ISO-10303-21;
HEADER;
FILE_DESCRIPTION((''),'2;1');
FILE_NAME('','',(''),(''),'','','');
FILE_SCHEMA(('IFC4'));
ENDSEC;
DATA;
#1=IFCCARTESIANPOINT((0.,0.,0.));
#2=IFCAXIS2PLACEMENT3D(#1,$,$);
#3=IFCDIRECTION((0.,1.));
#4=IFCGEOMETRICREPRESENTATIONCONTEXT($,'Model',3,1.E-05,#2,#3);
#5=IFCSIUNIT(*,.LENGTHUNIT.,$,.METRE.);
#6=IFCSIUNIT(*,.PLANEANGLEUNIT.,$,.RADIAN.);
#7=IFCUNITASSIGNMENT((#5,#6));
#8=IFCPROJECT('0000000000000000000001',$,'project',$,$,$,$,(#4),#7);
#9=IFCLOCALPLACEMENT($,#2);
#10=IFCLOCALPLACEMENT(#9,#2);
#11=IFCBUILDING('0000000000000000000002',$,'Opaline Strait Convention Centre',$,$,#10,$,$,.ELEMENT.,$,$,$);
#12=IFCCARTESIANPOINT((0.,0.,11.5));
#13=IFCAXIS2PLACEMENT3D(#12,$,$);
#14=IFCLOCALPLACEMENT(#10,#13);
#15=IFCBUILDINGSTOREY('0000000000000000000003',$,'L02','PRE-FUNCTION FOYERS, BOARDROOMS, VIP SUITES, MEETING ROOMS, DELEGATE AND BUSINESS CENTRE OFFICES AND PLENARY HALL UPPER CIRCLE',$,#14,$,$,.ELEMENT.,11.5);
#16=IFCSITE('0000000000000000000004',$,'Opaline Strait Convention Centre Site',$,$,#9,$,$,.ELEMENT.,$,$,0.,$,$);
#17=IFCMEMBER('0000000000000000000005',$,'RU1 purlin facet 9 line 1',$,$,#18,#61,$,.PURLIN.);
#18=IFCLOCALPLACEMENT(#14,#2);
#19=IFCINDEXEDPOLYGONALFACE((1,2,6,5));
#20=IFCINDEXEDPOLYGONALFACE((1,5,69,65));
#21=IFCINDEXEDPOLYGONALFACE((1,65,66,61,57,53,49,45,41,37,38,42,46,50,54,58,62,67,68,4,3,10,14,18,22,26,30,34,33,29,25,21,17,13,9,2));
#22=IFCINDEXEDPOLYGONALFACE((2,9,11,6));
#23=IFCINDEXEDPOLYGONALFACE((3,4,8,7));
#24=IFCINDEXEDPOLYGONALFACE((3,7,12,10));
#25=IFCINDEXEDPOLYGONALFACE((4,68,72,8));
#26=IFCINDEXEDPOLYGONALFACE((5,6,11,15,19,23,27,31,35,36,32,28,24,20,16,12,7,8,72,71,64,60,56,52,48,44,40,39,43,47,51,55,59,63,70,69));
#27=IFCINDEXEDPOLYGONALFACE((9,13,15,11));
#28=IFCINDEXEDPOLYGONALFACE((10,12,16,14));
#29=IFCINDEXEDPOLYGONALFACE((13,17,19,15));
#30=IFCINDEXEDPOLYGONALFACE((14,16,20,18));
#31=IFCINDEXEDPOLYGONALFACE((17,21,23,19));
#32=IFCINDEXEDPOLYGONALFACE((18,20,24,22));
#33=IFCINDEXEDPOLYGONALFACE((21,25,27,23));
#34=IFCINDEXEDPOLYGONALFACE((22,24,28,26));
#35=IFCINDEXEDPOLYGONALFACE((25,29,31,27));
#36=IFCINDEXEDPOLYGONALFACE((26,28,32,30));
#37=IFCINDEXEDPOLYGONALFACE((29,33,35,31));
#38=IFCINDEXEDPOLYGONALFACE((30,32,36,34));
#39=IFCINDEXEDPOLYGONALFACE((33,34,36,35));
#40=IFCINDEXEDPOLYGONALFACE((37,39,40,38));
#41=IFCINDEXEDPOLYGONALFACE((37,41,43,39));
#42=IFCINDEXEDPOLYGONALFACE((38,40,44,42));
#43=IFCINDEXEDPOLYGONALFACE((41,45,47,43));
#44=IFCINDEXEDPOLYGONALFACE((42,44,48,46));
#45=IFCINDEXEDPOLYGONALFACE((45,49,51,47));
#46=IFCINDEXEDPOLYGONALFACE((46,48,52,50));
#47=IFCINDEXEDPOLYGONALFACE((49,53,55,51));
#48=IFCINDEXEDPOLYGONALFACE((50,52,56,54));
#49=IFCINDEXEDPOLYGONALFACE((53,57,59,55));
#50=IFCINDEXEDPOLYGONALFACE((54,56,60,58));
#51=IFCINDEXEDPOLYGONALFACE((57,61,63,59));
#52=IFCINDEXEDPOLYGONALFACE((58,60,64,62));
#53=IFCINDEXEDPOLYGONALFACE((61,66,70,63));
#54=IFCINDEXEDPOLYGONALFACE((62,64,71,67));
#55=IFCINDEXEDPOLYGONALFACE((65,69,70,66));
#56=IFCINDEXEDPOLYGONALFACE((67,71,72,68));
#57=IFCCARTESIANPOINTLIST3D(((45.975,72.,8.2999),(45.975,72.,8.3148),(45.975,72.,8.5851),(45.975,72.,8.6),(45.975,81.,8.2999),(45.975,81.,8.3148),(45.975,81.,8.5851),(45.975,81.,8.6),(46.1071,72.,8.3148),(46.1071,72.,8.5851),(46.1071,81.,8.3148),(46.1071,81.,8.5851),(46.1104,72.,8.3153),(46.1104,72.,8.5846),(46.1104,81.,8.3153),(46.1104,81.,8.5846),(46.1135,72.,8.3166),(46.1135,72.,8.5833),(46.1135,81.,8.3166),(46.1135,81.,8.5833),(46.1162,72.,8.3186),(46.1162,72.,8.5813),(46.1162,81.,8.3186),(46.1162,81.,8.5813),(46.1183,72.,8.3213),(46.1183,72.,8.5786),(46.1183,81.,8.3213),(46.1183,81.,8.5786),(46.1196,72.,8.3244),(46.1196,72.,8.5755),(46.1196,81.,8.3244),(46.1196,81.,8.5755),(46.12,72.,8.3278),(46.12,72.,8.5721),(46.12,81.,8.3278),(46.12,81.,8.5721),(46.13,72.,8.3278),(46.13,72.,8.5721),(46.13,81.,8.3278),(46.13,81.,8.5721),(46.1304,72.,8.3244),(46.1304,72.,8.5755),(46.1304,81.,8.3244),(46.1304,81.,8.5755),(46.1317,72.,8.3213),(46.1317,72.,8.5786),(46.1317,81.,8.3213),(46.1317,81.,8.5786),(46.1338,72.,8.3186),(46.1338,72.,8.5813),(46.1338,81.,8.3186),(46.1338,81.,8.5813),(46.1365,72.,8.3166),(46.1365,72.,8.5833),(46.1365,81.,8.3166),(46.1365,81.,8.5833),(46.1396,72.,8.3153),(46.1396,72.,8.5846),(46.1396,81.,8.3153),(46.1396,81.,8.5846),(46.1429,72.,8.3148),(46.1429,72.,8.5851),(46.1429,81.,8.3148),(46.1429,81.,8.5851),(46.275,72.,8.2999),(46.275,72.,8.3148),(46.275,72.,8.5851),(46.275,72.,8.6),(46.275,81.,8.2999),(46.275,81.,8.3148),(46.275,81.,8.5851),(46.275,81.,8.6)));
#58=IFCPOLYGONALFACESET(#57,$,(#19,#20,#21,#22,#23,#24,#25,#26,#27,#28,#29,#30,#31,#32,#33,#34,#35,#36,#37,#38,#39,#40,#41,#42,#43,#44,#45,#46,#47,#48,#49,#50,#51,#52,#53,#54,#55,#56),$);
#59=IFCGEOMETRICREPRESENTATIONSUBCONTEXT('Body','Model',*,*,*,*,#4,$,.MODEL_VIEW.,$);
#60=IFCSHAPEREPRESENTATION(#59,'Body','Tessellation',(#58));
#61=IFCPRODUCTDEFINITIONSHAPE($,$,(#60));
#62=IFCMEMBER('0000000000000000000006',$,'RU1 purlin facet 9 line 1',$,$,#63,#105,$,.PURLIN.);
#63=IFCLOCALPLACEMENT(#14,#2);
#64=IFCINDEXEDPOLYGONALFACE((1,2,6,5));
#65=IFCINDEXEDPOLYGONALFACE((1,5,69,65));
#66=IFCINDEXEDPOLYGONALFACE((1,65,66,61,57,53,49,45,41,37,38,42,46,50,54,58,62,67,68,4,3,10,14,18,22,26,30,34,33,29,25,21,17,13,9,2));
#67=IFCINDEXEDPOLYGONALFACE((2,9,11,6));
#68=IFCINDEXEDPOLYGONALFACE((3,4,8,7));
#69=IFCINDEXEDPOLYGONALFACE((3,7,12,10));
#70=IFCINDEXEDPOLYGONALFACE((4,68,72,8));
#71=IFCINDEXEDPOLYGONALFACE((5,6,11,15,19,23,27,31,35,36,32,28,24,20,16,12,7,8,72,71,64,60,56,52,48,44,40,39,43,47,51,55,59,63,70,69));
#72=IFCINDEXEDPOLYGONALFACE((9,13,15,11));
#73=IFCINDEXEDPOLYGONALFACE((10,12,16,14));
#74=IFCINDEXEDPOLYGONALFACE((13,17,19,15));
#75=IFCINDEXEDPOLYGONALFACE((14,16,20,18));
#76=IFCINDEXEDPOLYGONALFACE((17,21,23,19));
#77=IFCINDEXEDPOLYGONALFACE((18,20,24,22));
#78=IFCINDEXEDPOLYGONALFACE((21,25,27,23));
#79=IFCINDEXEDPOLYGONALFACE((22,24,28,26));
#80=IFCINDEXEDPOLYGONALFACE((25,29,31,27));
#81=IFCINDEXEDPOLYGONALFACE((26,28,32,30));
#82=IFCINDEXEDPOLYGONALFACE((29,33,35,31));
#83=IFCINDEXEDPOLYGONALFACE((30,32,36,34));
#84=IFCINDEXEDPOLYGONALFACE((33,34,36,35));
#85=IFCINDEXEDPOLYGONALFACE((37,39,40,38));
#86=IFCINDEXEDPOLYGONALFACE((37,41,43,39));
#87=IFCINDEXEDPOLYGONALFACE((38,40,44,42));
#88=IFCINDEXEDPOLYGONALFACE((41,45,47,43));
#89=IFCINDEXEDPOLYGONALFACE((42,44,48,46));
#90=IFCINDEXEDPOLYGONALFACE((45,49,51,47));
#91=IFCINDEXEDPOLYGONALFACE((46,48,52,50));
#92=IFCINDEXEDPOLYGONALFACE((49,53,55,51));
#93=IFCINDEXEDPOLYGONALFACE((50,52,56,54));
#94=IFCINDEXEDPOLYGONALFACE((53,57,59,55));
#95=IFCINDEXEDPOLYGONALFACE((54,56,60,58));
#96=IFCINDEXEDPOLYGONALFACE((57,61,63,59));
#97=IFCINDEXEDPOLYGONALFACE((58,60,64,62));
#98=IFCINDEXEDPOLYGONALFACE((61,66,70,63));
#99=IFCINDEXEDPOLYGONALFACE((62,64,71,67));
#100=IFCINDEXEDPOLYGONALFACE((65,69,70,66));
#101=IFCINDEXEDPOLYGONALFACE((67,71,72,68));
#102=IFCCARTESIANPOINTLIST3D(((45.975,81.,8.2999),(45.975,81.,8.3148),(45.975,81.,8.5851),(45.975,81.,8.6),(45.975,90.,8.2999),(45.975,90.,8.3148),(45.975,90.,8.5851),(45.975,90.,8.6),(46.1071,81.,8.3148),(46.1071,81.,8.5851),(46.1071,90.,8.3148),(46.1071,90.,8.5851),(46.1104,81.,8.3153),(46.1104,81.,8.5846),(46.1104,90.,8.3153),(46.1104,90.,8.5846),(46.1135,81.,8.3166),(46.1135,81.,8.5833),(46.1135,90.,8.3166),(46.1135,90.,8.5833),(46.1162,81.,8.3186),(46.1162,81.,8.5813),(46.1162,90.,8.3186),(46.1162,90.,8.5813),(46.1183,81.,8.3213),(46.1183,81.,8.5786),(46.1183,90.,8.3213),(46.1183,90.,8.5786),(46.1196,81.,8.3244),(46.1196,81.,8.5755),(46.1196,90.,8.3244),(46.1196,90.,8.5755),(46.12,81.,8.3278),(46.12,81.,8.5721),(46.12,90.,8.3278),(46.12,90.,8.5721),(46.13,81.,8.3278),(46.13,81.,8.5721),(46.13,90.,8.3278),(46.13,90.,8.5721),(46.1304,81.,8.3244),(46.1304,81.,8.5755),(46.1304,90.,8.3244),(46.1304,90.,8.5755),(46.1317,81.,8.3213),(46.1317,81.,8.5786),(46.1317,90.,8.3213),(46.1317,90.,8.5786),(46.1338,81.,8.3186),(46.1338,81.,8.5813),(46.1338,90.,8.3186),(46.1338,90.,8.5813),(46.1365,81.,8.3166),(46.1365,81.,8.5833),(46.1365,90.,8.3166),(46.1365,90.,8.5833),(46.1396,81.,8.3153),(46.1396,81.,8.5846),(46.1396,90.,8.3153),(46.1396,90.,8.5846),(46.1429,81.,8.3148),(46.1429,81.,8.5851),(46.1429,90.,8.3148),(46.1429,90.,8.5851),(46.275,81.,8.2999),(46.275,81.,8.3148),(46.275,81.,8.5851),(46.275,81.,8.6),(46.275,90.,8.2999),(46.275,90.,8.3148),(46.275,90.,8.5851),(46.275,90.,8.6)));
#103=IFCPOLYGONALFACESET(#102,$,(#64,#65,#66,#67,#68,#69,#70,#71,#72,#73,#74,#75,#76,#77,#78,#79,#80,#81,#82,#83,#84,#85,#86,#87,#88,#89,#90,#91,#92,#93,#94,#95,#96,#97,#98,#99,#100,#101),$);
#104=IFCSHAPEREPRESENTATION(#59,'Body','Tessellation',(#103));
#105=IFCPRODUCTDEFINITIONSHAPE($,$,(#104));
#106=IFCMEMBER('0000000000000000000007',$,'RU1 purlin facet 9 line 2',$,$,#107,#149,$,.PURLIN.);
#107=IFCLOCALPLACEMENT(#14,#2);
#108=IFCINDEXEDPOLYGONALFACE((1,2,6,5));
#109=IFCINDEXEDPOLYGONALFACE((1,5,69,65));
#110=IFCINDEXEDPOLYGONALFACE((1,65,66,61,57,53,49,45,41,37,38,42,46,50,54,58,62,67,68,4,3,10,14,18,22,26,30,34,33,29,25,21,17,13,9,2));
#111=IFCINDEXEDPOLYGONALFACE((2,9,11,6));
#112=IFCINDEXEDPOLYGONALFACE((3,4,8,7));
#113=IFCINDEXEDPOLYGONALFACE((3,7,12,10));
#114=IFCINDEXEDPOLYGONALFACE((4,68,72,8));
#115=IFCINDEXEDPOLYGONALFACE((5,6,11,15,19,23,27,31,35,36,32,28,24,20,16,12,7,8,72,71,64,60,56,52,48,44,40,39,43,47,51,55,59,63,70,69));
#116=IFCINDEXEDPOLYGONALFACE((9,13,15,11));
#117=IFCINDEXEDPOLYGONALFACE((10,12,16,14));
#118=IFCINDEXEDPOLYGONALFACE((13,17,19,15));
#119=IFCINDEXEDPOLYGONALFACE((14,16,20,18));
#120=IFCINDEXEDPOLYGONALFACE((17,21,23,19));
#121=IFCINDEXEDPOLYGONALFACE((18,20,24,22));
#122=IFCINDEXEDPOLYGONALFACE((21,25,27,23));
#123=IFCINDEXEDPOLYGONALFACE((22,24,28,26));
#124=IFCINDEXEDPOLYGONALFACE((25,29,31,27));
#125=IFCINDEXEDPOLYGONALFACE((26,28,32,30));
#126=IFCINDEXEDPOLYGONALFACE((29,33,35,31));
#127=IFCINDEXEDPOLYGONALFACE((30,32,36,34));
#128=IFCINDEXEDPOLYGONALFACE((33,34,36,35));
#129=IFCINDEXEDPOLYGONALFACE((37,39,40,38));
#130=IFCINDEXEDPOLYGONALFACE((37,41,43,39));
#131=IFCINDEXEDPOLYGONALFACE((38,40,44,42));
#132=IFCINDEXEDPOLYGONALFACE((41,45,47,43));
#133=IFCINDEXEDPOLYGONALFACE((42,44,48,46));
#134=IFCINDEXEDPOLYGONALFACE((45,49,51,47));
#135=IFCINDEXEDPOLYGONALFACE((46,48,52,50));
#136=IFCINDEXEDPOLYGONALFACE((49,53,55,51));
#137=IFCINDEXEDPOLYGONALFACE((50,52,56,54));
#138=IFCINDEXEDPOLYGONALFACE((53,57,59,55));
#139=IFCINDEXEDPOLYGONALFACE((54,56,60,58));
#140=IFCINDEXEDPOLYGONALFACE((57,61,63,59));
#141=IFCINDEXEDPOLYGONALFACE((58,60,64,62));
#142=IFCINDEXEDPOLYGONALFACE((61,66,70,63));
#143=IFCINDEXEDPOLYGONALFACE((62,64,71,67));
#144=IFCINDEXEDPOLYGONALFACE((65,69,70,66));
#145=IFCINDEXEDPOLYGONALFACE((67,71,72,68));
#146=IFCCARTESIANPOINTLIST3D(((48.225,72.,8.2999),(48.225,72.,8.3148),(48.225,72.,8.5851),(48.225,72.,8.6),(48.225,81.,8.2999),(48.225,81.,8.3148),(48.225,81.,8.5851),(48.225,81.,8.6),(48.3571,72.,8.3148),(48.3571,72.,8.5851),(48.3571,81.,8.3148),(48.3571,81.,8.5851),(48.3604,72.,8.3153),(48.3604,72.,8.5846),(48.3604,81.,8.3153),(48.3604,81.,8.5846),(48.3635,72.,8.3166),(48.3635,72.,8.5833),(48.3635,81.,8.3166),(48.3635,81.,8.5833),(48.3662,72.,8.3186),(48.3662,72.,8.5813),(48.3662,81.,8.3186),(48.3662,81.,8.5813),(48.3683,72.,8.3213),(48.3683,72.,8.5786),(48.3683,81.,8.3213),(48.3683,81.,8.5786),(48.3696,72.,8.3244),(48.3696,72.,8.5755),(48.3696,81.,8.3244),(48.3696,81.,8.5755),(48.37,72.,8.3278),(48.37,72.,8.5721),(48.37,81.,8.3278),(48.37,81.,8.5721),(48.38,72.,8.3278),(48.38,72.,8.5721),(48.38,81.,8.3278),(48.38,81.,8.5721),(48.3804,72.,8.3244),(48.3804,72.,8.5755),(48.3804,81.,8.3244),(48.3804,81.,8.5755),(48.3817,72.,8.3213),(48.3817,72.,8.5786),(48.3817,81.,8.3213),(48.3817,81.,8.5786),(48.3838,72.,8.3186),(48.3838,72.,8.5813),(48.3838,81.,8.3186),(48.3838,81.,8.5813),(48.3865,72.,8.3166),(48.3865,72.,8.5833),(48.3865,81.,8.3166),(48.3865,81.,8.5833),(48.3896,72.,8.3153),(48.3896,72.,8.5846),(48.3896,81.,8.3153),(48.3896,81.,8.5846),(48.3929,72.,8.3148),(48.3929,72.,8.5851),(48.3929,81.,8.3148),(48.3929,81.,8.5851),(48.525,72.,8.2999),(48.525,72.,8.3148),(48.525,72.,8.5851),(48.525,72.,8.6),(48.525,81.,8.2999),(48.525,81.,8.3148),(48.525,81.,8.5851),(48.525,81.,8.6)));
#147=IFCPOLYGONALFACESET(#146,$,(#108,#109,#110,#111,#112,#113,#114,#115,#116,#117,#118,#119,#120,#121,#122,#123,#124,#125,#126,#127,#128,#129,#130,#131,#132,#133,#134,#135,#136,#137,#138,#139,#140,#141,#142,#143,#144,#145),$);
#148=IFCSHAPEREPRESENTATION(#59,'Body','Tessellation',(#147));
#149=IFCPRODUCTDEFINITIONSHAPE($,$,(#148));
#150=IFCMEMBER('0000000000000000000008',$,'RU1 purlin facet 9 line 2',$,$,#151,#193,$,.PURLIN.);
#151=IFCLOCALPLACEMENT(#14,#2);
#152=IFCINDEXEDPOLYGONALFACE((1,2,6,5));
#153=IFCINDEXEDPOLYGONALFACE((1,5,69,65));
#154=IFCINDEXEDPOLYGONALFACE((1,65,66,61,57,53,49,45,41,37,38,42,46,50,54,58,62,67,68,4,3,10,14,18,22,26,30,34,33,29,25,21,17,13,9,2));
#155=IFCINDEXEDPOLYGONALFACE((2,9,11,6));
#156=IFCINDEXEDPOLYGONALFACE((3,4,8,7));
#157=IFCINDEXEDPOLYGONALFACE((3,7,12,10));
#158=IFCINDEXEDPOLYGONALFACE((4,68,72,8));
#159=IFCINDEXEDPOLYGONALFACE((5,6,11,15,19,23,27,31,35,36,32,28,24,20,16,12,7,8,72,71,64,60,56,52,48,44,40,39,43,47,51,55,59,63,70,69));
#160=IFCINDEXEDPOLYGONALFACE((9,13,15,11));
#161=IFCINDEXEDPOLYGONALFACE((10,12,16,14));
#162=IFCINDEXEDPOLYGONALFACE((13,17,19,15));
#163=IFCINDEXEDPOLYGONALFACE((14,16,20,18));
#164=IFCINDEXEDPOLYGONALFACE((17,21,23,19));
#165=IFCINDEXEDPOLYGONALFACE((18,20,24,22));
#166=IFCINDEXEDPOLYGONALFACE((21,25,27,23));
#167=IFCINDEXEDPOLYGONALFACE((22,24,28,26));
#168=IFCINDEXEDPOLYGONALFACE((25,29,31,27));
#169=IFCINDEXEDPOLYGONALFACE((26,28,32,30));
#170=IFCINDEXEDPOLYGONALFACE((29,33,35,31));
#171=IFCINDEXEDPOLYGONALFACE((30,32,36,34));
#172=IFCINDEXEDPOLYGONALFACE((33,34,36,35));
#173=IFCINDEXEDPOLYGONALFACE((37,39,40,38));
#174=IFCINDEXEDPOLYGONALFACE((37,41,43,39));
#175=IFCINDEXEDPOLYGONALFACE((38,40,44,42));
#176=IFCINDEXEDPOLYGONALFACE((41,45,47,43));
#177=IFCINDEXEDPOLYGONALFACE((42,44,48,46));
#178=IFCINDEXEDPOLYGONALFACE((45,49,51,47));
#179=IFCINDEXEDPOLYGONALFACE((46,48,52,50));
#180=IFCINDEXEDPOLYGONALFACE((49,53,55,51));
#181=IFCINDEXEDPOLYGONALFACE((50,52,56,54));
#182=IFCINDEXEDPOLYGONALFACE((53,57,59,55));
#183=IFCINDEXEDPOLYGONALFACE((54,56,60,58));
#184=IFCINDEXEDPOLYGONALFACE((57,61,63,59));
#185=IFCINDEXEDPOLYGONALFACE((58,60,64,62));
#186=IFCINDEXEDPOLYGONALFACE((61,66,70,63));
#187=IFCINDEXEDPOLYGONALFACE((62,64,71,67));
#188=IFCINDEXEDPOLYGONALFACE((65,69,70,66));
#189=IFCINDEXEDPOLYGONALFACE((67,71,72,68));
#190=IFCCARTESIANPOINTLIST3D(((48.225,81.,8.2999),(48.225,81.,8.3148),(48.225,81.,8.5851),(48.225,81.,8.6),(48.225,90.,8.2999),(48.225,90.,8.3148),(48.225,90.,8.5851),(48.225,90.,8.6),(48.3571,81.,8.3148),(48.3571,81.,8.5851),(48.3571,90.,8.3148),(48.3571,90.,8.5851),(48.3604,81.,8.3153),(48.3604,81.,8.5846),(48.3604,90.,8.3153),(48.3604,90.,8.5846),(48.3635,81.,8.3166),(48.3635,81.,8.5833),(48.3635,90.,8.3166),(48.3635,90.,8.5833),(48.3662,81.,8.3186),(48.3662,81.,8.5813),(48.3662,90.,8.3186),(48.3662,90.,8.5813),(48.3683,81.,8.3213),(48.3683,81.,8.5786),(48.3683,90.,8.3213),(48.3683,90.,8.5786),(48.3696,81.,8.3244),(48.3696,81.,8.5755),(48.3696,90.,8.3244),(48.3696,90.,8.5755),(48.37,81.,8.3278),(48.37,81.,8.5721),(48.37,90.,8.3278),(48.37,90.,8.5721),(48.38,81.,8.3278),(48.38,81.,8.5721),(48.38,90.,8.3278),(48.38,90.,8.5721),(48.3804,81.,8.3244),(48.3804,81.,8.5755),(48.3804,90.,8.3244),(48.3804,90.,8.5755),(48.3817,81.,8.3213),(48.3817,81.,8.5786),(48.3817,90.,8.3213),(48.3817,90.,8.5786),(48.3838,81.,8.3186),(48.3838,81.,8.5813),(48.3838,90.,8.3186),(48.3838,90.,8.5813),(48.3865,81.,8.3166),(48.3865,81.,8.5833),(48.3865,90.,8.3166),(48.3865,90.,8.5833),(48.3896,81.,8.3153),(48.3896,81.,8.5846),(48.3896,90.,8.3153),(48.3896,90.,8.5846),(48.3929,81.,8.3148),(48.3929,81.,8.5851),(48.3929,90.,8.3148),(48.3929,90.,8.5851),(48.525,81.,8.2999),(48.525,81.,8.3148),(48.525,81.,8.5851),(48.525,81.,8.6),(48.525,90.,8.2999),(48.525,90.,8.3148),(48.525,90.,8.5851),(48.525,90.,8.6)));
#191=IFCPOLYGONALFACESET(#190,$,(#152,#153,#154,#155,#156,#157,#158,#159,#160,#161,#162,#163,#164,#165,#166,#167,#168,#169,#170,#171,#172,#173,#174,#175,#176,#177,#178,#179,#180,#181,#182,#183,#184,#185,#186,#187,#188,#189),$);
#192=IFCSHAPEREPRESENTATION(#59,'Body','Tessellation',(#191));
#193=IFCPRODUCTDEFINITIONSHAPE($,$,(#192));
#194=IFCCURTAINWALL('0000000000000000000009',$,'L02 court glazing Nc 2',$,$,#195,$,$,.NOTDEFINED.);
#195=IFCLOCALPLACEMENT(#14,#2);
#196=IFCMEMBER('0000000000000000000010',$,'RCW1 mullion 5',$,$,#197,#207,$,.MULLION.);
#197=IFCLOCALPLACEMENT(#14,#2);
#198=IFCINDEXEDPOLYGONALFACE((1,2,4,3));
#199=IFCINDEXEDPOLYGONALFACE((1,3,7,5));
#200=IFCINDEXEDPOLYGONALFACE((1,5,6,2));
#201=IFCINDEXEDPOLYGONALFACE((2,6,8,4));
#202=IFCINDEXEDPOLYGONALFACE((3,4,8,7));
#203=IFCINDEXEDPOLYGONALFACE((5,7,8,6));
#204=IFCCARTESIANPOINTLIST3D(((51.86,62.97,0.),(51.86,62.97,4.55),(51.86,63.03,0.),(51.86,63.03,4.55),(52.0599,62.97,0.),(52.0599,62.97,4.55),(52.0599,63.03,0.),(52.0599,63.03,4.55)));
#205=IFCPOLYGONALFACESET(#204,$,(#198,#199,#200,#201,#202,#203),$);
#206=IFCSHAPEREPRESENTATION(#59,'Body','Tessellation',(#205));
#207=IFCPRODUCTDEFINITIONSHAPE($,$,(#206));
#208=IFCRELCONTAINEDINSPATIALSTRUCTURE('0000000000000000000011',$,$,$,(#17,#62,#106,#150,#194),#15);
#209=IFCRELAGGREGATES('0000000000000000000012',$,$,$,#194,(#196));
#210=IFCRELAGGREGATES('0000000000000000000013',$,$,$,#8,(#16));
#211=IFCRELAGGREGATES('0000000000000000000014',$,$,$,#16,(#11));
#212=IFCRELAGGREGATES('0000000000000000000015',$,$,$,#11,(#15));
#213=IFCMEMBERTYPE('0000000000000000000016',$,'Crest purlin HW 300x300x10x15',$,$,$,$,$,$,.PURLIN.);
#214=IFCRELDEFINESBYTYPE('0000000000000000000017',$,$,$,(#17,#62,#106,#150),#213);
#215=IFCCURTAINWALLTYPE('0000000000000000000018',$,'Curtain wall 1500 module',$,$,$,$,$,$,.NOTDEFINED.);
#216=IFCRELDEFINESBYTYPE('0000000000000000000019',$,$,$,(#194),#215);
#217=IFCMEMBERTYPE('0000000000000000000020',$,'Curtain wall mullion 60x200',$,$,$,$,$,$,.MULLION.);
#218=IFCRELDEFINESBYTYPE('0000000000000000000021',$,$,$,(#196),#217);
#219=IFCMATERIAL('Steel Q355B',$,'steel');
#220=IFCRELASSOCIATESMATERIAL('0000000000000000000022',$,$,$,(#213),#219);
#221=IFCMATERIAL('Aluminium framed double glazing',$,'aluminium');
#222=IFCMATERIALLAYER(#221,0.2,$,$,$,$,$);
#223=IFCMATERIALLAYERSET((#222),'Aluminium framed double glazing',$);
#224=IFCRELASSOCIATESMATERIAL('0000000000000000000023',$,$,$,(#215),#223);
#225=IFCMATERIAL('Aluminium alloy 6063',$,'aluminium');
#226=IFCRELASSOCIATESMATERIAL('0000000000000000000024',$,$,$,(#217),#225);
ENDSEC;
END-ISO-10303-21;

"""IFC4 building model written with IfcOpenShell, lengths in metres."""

from ifc_helpers import new_model, si_unit, direction, frame, origin, origin_2d, place, context, subcontext, project, spatial, rectangle, i_section, extrude, material, layer, layer_set, material_profile, profile_set, type_object, element, aggregate, save


model = new_model("IFC4")

# Units and contexts
model_context = context("Model", 3, precision=1e-05, world=origin(), true_north=direction((0.0, 1.0)))
body_context = subcontext(model_context, "Body", "Model", "MODEL_VIEW")
ifc_project = project(units=[si_unit("LENGTHUNIT", "METRE"), si_unit("PLANEANGLEUNIT", "RADIAN")], contexts=[model_context])

# Site, building, storey
site_placement = place(None, origin())
site = spatial("IfcSite", under=ifc_project, at=site_placement, Name="Opaline Strait Convention Centre Site", CompositionType="ELEMENT", RefElevation=0.0)
building_placement = place(site_placement, origin())
building = spatial("IfcBuilding", under=site, at=building_placement, Name="Opaline Strait Convention Centre", CompositionType="ELEMENT")
storey_placement = place(building_placement, frame((0.0, 0.0, 11.5)))
storey = spatial("IfcBuildingStorey", under=building, at=storey_placement, Name="L02", Description="PRE-FUNCTION FOYERS, BOARDROOMS, VIP SUITES, MEETING ROOMS, DELEGATE AND BUSINESS CENTRE OFFICES AND PLENARY HALL UPPER CIRCLE", CompositionType="ELEMENT", Elevation=11.5)

# Members
ifc_material_1 = material(Name="Steel Q355B", Category="steel")
ifc_material_profile_1 = material_profile(ifc_material_1, i_section(OverallWidth=0.3, OverallDepth=0.3, WebThickness=0.01, FlangeThickness=0.0149, FilletRadius=0.0129, at=origin_2d()), Name="HW 300x300x10x15")
ifc_profile_set_1 = profile_set([ifc_material_profile_1], Name="Steel Q355B")
member_type_1 = type_object("IfcMemberType", Name="Crest purlin HW 300x300x10x15", PredefinedType="PURLIN", material=ifc_profile_set_1)
for number, where, z_axis, x_axis, name in (
    (1, (46.125, 72.0, 8.45), (0.0, 1.0, 0.0), (-1.0, 0.0, 0.0), "RU1 purlin facet 9 line 1"),
    (2, (46.125, 81.0, 8.45), (0.0, 1.0, 0.0), (-1.0, 0.0, 0.0), "RU1 purlin facet 9 line 1"),
    (3, (48.375, 72.0, 8.45), (0.0, 1.0, 0.0), (-1.0, 0.0, 0.0), "RU1 purlin facet 9 line 2"),
    (4, (48.375, 81.0, 8.45), (0.0, 1.0, 0.0), (-1.0, 0.0, 0.0), "RU1 purlin facet 9 line 2"),
):
    element("IfcMember", number, at=place(storey_placement, frame(where, z_axis=z_axis, x_axis=x_axis)), inside=storey, type_object=member_type_1, Name=name, PredefinedType="PURLIN", context=body_context, shape_type="SweptSolid", body=[
        extrude(i_section(OverallWidth=0.3, OverallDepth=0.3, WebThickness=0.01, FlangeThickness=0.0149, FilletRadius=0.0129, at=origin_2d()), origin(), (0.0, 0.0, 1.0), 9.0),
    ])

# Curtain wall, member
ifc_material_2 = material(Name="Aluminium framed double glazing", Category="aluminium")
ifc_layer_1 = layer(ifc_material_2, 0.2)
ifc_layer_set_1 = layer_set([ifc_layer_1], Name="Aluminium framed double glazing")
curtain_wall_type = type_object("IfcCurtainWallType", Name="Curtain wall 1500 module", PredefinedType="NOTDEFINED", material=ifc_layer_set_1)
curtain_wall_placement = place(storey_placement, origin())
curtain_wall = element("IfcCurtainWall", 5, at=curtain_wall_placement, inside=storey, type_object=curtain_wall_type, Name="L02 court glazing Nc 2", PredefinedType="NOTDEFINED")
ifc_material_3 = material(Name="Aluminium alloy 6063", Category="aluminium")
ifc_material_profile_2 = material_profile(ifc_material_3, rectangle(XDim=0.0601, YDim=0.2, at=origin_2d()), Name="Curtain wall mullion 60x200")
ifc_profile_set_2 = profile_set([ifc_material_profile_2], Name="Aluminium alloy 6063")
member_type_2 = type_object("IfcMemberType", Name="Curtain wall mullion 60x200", PredefinedType="MULLION", material=ifc_profile_set_2)
member_1_placement = place(storey_placement, frame((51.96, 63.0, 0.0), z_axis=(0.0, 0.0, 1.0), x_axis=(0.0, 1.0, 0.0)))
member_1 = element("IfcMember", 6, at=member_1_placement, type_object=member_type_2, Name="RCW1 mullion 5", PredefinedType="MULLION", context=body_context, shape_type="SweptSolid", body=[
    extrude(rectangle(XDim=0.0601, YDim=0.2, at=origin_2d()), origin(), (0.0, 0.0, 1.0), 4.55),
])

aggregate(curtain_wall, [member_1])

save(model, "model.ifc")
